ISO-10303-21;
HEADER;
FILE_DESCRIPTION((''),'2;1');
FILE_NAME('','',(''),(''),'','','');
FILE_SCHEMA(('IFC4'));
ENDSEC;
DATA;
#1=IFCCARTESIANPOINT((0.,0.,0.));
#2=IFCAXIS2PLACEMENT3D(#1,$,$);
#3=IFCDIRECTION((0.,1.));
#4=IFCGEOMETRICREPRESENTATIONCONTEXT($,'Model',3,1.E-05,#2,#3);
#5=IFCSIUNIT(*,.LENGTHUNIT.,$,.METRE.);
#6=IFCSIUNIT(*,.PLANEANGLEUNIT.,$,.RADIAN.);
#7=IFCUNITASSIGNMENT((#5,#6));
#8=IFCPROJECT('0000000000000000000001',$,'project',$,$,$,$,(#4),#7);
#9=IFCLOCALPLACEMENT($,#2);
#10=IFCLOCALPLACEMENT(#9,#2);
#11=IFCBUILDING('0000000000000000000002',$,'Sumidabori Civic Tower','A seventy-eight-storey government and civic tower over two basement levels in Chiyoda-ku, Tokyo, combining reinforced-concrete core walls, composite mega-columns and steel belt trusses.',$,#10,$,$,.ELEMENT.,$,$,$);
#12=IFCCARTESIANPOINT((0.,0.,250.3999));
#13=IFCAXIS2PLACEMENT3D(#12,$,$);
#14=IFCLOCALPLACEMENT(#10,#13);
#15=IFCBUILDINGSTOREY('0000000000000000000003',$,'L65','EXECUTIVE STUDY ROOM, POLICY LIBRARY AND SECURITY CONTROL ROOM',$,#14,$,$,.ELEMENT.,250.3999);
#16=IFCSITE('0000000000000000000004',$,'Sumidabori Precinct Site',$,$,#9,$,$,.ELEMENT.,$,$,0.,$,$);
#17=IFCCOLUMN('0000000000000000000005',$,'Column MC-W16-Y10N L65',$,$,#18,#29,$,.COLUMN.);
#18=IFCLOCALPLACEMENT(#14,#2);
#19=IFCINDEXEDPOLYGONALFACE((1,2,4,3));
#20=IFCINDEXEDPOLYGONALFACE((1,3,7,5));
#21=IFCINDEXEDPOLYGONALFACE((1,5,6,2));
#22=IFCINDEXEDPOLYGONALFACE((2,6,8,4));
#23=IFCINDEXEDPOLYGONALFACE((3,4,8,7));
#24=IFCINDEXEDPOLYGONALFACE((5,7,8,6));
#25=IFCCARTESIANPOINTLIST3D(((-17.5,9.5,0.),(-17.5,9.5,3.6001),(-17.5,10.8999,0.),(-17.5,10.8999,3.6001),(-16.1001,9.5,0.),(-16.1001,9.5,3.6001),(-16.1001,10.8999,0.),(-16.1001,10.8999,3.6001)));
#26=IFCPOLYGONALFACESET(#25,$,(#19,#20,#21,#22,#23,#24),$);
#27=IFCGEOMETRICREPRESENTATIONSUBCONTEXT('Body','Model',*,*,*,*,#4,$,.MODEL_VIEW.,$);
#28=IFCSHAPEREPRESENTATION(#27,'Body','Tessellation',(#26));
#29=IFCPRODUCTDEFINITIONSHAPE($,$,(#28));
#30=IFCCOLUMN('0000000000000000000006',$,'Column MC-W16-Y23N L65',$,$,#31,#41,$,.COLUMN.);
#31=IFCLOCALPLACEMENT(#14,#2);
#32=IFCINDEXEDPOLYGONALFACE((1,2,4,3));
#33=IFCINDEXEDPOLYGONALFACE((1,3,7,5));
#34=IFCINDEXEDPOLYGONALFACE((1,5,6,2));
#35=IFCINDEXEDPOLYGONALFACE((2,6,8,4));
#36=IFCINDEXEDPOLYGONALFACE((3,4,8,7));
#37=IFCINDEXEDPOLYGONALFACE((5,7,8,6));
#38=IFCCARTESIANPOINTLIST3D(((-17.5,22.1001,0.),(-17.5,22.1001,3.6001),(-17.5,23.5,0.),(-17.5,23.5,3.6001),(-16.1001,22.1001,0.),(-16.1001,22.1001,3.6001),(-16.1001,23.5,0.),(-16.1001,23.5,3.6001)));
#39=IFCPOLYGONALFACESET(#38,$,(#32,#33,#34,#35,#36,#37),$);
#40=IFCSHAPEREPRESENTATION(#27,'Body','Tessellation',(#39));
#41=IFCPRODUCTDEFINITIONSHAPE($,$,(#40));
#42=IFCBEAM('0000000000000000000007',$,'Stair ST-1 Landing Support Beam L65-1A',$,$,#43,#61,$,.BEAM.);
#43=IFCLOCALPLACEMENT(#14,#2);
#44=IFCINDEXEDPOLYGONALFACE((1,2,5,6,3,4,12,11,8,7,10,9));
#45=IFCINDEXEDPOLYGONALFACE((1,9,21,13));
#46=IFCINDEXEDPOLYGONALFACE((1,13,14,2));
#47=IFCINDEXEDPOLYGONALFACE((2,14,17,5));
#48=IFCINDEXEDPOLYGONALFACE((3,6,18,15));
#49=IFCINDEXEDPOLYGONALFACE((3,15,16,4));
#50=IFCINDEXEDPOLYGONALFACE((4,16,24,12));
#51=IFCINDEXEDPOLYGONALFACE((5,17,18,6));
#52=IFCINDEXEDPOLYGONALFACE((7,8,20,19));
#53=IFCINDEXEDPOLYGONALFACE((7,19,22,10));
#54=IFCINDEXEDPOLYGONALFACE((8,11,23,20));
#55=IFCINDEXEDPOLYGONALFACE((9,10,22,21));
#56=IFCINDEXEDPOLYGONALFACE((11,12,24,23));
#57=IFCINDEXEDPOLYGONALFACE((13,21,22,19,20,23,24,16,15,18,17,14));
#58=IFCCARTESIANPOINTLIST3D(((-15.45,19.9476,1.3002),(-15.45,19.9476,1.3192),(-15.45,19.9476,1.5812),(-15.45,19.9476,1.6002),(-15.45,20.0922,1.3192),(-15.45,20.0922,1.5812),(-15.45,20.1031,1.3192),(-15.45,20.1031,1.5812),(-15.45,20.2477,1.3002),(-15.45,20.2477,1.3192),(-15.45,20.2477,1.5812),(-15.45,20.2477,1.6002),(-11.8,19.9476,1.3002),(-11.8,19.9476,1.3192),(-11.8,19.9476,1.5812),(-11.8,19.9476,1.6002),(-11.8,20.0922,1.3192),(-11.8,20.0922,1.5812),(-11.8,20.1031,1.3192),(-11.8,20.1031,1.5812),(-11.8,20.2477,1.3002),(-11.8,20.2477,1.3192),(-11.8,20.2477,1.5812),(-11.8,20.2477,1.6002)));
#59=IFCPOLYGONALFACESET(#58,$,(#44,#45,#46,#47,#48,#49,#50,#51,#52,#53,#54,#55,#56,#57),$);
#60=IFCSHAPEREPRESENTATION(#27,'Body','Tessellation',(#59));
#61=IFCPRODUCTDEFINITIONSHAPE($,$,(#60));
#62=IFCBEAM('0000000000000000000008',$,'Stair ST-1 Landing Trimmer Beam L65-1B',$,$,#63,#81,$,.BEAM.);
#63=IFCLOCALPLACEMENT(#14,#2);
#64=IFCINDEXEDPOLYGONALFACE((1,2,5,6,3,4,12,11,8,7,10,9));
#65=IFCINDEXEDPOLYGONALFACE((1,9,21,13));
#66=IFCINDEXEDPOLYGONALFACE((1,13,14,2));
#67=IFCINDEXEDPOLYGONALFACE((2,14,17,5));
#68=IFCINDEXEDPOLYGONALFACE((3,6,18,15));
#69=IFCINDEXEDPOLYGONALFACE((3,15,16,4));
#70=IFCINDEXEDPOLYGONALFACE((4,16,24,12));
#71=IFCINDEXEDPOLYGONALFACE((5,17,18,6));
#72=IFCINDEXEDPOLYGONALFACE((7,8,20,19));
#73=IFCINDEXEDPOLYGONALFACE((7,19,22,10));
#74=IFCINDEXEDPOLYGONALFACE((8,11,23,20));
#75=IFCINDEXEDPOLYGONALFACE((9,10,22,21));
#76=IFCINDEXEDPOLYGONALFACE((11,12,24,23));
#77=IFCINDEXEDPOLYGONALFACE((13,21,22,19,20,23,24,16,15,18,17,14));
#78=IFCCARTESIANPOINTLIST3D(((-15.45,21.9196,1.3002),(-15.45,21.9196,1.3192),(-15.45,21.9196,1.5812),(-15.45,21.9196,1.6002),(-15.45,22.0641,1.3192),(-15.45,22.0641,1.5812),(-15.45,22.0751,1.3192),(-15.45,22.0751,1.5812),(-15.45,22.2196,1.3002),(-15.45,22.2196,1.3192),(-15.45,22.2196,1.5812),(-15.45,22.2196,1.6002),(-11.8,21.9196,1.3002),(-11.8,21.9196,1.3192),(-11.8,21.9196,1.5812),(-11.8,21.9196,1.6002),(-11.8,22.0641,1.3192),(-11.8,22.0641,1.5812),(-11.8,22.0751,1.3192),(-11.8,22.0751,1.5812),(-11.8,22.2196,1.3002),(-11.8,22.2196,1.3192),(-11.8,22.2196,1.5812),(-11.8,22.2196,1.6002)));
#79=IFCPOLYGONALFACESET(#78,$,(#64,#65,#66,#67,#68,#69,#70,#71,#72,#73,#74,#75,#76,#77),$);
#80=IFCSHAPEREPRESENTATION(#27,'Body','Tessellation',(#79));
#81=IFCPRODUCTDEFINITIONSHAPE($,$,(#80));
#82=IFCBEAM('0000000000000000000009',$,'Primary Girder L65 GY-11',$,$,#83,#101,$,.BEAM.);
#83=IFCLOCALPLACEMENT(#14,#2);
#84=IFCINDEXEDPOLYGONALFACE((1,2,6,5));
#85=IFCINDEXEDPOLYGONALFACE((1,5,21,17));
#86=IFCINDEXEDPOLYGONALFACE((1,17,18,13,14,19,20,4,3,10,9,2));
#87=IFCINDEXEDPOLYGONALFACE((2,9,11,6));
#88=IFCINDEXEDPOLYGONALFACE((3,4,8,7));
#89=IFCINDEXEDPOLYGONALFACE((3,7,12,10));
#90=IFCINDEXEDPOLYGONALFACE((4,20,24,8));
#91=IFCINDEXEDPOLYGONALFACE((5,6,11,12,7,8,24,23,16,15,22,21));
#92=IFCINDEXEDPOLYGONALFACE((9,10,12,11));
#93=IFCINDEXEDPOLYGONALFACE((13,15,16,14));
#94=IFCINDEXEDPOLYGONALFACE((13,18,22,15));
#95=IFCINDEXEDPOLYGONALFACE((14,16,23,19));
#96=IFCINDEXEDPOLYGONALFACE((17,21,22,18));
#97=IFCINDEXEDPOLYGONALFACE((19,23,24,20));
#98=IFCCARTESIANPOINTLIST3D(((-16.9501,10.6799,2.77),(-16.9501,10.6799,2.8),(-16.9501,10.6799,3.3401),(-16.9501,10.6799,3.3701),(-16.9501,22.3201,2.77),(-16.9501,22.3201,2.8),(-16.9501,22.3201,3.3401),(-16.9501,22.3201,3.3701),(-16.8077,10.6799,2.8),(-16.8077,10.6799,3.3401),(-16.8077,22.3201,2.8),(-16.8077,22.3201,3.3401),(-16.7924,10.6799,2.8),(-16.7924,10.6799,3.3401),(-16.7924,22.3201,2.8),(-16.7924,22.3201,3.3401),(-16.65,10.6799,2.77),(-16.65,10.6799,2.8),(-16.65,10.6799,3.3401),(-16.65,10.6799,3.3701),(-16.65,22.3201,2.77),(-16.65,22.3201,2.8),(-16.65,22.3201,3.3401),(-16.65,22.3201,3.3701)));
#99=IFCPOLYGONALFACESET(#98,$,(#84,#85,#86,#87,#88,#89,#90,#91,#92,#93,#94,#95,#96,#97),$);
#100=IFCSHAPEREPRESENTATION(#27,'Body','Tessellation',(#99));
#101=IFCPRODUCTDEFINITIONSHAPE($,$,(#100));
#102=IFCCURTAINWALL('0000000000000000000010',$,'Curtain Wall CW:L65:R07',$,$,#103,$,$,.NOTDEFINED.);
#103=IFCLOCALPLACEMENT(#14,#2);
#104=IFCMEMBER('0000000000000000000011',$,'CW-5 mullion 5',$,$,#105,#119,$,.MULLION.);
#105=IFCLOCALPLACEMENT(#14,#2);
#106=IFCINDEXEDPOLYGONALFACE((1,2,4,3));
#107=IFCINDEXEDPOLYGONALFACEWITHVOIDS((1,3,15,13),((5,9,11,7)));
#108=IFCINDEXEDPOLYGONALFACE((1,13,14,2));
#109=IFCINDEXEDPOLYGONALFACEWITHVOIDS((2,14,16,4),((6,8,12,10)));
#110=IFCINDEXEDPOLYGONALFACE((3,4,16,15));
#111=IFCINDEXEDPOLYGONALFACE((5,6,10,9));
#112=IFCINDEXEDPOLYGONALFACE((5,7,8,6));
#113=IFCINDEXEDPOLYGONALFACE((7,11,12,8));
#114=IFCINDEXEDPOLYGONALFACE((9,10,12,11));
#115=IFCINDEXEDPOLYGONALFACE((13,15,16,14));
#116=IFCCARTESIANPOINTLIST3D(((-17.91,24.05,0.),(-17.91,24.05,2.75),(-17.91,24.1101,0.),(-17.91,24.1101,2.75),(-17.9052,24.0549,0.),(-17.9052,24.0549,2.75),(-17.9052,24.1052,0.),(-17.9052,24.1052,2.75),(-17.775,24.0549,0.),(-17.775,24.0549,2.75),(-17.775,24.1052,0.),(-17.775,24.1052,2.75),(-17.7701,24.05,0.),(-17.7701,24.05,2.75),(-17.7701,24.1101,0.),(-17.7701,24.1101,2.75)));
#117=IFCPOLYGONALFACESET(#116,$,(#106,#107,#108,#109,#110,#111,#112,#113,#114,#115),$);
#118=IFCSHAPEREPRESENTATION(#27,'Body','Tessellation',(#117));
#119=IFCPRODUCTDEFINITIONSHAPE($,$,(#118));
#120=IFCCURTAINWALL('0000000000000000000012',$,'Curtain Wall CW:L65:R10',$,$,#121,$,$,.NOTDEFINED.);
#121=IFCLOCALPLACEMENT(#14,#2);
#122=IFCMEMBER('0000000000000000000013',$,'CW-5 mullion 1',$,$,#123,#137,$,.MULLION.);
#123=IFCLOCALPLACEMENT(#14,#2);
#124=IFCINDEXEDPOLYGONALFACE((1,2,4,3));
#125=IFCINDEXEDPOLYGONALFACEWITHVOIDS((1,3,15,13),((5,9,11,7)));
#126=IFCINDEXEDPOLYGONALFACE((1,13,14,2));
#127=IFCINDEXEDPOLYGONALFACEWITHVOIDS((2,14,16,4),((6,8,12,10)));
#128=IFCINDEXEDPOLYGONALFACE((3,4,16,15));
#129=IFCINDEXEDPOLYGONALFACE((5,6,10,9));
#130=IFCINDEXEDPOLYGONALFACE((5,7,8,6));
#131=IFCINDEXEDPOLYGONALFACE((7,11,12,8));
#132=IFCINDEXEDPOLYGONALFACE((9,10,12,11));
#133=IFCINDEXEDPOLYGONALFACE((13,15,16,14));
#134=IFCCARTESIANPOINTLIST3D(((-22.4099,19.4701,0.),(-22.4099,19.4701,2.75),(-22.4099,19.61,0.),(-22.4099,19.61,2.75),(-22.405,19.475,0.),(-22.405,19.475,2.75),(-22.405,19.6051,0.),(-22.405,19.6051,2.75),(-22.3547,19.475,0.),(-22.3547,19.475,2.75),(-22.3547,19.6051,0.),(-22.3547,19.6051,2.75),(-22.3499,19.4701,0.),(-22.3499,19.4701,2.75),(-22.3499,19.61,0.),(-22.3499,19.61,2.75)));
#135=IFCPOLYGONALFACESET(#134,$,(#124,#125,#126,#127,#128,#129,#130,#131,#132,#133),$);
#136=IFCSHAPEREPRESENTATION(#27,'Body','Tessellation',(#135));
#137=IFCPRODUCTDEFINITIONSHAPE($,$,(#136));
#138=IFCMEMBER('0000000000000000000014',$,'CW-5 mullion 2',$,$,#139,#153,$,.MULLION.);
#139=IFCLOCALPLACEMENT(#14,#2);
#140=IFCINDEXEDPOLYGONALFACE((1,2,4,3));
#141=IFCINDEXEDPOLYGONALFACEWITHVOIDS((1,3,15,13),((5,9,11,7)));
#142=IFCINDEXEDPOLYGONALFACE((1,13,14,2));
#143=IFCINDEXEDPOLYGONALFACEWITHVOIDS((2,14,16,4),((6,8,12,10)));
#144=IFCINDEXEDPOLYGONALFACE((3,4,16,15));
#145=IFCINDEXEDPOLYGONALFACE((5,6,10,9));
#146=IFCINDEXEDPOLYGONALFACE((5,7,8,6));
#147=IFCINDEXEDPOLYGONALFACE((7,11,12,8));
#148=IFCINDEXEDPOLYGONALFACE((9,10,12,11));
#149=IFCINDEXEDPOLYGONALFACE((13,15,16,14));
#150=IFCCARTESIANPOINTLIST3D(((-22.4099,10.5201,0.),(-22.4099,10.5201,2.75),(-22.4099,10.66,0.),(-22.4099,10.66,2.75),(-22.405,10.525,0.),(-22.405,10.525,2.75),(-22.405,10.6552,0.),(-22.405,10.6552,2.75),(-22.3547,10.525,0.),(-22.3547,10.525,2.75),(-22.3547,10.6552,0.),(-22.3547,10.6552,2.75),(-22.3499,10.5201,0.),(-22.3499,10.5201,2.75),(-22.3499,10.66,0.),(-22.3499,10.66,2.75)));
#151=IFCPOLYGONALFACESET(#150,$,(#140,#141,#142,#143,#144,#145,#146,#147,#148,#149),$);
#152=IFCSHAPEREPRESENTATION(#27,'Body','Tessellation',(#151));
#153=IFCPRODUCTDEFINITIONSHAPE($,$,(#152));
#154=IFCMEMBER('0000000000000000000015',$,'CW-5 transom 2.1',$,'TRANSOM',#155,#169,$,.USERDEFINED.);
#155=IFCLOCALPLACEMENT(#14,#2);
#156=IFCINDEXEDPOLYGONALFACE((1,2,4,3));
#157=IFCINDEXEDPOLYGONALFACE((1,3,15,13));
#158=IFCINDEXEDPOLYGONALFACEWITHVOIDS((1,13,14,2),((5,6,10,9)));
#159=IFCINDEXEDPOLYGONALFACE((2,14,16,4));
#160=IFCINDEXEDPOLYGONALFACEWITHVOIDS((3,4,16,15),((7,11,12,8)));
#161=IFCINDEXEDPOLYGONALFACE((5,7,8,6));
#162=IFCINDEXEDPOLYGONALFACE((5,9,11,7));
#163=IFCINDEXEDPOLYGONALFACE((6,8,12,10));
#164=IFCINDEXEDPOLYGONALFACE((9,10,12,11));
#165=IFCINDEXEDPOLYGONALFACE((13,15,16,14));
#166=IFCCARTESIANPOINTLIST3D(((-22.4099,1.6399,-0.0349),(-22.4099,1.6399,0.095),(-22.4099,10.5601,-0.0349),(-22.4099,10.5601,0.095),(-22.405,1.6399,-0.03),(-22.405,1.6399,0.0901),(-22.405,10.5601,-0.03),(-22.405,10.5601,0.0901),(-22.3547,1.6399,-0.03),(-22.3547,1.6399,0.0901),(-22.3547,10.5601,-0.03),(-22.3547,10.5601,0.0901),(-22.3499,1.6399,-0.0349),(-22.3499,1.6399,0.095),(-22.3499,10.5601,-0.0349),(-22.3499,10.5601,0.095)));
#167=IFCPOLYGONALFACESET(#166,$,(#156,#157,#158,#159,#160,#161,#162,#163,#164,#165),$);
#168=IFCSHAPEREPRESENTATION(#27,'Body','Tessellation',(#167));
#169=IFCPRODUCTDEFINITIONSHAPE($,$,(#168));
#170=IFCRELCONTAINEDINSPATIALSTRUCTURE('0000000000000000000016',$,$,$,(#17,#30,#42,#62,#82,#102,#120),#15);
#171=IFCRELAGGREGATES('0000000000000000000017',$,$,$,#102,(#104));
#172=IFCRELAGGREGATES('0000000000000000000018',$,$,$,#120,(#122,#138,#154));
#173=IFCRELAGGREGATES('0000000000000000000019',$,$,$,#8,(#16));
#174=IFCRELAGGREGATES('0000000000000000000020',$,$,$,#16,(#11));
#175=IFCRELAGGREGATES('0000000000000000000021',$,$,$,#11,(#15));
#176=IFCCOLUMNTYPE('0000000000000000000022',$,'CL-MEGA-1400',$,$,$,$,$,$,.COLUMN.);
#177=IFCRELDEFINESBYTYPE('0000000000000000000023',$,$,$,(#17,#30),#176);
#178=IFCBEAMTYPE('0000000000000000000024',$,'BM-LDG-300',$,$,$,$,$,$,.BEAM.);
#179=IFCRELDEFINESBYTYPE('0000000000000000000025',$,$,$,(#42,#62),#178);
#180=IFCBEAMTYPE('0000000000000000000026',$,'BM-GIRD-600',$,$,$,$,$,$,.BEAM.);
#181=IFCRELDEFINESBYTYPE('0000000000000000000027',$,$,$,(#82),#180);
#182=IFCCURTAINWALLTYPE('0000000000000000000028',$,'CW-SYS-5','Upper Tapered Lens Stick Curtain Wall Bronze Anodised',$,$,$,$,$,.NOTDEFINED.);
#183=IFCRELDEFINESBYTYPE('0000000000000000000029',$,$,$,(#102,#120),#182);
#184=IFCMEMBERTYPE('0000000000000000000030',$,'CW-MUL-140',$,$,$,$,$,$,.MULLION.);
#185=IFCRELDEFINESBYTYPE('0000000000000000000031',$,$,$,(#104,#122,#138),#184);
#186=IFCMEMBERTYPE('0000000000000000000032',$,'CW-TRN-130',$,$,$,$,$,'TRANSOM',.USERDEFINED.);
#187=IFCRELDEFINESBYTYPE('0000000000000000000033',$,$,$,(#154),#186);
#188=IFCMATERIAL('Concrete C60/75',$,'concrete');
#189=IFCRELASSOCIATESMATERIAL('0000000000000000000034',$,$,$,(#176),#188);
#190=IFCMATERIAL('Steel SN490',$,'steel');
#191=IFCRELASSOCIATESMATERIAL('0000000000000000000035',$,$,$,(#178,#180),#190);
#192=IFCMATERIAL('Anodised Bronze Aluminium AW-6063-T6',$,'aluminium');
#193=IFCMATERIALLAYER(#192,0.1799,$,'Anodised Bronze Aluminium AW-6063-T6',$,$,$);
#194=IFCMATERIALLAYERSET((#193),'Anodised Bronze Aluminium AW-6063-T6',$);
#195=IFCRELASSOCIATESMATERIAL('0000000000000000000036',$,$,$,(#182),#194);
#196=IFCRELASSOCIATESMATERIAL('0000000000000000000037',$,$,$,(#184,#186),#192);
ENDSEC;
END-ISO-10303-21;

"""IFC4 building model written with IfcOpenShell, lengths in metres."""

from ifc_helpers import new_model, si_unit, direction, frame, origin, origin_2d, place, context, subcontext, project, spatial, rectangle, hollow_rectangle, i_section, extrude, source, transform, mapped, material, layer, layer_set, material_profile, profile_set, type_object, element, aggregate, save


model = new_model("IFC4")

# Units and contexts
model_context = context("Model", 3, precision=1e-05, world=origin(), true_north=direction((0.0, 1.0)))
body_context = subcontext(model_context, "Body", "Model", "MODEL_VIEW")
ifc_project = project(units=[si_unit("LENGTHUNIT", "METRE"), si_unit("PLANEANGLEUNIT", "RADIAN")], contexts=[model_context])

# Site, building, storey
site_placement = place(None, origin())
site = spatial("IfcSite", under=ifc_project, at=site_placement, Name="Sumidabori Precinct Site", CompositionType="ELEMENT", RefElevation=0.0)
building_placement = place(site_placement, origin())
building = spatial("IfcBuilding", under=site, at=building_placement, Name="Sumidabori Civic Tower", Description="A seventy-eight-storey government and civic tower over two basement levels in Chiyoda-ku, Tokyo, combining reinforced-concrete core walls, composite mega-columns and steel belt trusses.", CompositionType="ELEMENT")
storey_placement = place(building_placement, frame((0.0, 0.0, 250.3999)))
storey = spatial("IfcBuildingStorey", under=building, at=storey_placement, Name="L65", Description="EXECUTIVE STUDY ROOM, POLICY LIBRARY AND SECURITY CONTROL ROOM", CompositionType="ELEMENT", Elevation=250.3999)

# Columns
ifc_material_1 = material(Name="Concrete C60/75", Category="concrete")
ifc_material_profile_1 = material_profile(ifc_material_1, rectangle(XDim=1.3999, YDim=1.3999, at=origin_2d()), Name="RC 1400x1400")
ifc_profile_set_1 = profile_set([ifc_material_profile_1], Name="Concrete C60/75")
column_type = type_object("IfcColumnType", Name="CL-MEGA-1400", PredefinedType="COLUMN", material=ifc_profile_set_1)
shared_shape_1 = source(origin(), body_context, "Body", "SweptSolid", [
    extrude(rectangle(XDim=1.3999, YDim=1.3999, at=origin_2d()), origin(), (0.0, 0.0, 1.0), 3.6001),
])
for number, where, z_axis, x_axis, name in (
    (1, (-16.8, 10.2, 0.0), (0.0, 0.0, 1.0), (1.0, 0.0, 0.0), "Column MC-W16-Y10N L65"),
    (2, (-16.8, 22.8, 0.0), (0.0, 0.0, 1.0), (1.0, 0.0, 0.0), "Column MC-W16-Y23N L65"),
):
    element("IfcColumn", number, at=place(storey_placement, frame(where, z_axis=z_axis, x_axis=x_axis)), inside=storey, type_object=column_type, Name=name, PredefinedType="COLUMN", context=body_context, shape_type="MappedRepresentation", body=[
        mapped(shared_shape_1, transform((0.0, 0.0, 0.0), x_axis=(1.0, 0.0, 0.0), y_axis=(0.0, 1.0, 0.0), z_axis=(0.0, 0.0, 1.0), scale=1.0)),
    ])

# Beams
ifc_material_2 = material(Name="Steel SN490", Category="steel")
ifc_material_profile_2 = material_profile(ifc_material_2, i_section(OverallWidth=0.3, OverallDepth=0.3, WebThickness=0.011, FlangeThickness=0.019, at=origin_2d()), Name="HE 300 B")
ifc_profile_set_2 = profile_set([ifc_material_profile_2], Name="Steel SN490")
beam_type_1 = type_object("IfcBeamType", Name="BM-LDG-300", PredefinedType="BEAM", material=ifc_profile_set_2)
shared_shape_2 = source(origin(), body_context, "Body", "SweptSolid", [
    extrude(i_section(OverallWidth=0.3, OverallDepth=0.3, WebThickness=0.011, FlangeThickness=0.019, at=origin_2d()), origin(), (0.0, 0.0, 1.0), 3.6499),
])
for number, where, z_axis, x_axis, name in (
    (3, (-15.45, 20.0977, 1.4502), (1.0, 0.0, 0.0), (0.0, 1.0, 0.0), "Stair ST-1 Landing Support Beam L65-1A"),
    (4, (-15.45, 22.0696, 1.4502), (1.0, 0.0, 0.0), (0.0, 1.0, 0.0), "Stair ST-1 Landing Trimmer Beam L65-1B"),
):
    element("IfcBeam", number, at=place(storey_placement, frame(where, z_axis=z_axis, x_axis=x_axis)), inside=storey, type_object=beam_type_1, Name=name, PredefinedType="BEAM", context=body_context, shape_type="MappedRepresentation", body=[
        mapped(shared_shape_2, transform((0.0, 0.0, 0.0), x_axis=(1.0, 0.0, 0.0), y_axis=(0.0, 1.0, 0.0), z_axis=(0.0, 0.0, 1.0), scale=1.0)),
    ])
ifc_material_profile_3 = material_profile(ifc_material_2, i_section(OverallWidth=0.3, OverallDepth=0.6001, WebThickness=0.0154, FlangeThickness=0.03, at=origin_2d()), Name="HE 600 B")
ifc_profile_set_3 = profile_set([ifc_material_profile_3], Name="Steel SN490")
beam_type_2 = type_object("IfcBeamType", Name="BM-GIRD-600", PredefinedType="BEAM", material=ifc_profile_set_3)
shared_shape_3 = source(origin(), body_context, "Body", "SweptSolid", [
    extrude(i_section(OverallWidth=0.3, OverallDepth=0.6001, WebThickness=0.0154, FlangeThickness=0.03, at=origin_2d()), origin(), (0.0, 0.0, 1.0), 11.6401),
])
beam_placement = place(storey_placement, frame((-16.8, 10.6799, 3.0701), z_axis=(0.0, 1.0, 0.0), x_axis=(-1.0, 0.0, 0.0)))
element("IfcBeam", 5, at=beam_placement, inside=storey, type_object=beam_type_2, Name="Primary Girder L65 GY-11", PredefinedType="BEAM", context=body_context, shape_type="MappedRepresentation", body=[
    mapped(shared_shape_3, transform((0.0, 0.0, 0.0), x_axis=(1.0, 0.0, 0.0), y_axis=(0.0, 1.0, 0.0), z_axis=(0.0, 0.0, 1.0), scale=1.0)),
])

# Curtain wall, member
ifc_material_3 = material(Name="Anodised Bronze Aluminium AW-6063-T6", Category="aluminium")
ifc_layer_1 = layer(ifc_material_3, 0.1799, Name="Anodised Bronze Aluminium AW-6063-T6")
ifc_layer_set_1 = layer_set([ifc_layer_1], Name="Anodised Bronze Aluminium AW-6063-T6")
curtain_wall_type = type_object("IfcCurtainWallType", Name="CW-SYS-5", Description="Upper Tapered Lens Stick Curtain Wall Bronze Anodised", PredefinedType="NOTDEFINED", material=ifc_layer_set_1)
curtain_wall_1_placement = place(storey_placement, origin())
curtain_wall_1 = element("IfcCurtainWall", 6, at=curtain_wall_1_placement, inside=storey, type_object=curtain_wall_type, Name="Curtain Wall CW:L65:R07", PredefinedType="NOTDEFINED")
ifc_material_profile_4 = material_profile(ifc_material_3, hollow_rectangle(XDim=0.0601, YDim=0.1399, WallThickness=0.0049, at=origin_2d()), Name="ALU MULLION 140x60")
ifc_profile_set_4 = profile_set([ifc_material_profile_4], Name="Anodised Bronze Aluminium AW-6063-T6")
member_type_1 = type_object("IfcMemberType", Name="CW-MUL-140", PredefinedType="MULLION", material=ifc_profile_set_4)
shared_shape_4 = source(origin(), body_context, "Body", "SweptSolid", [
    extrude(hollow_rectangle(XDim=0.0601, YDim=0.1399, WallThickness=0.0049, at=origin_2d()), origin(), (0.0, 0.0, 1.0), 2.75),
])
member_1_placement = place(storey_placement, frame((-17.8401, 24.0801, 0.0), z_axis=(0.0, 0.0, 1.0), x_axis=(0.0, -1.0, 0.0)))
member_1 = element("IfcMember", 7, at=member_1_placement, type_object=member_type_1, Name="CW-5 mullion 5", PredefinedType="MULLION", context=body_context, shape_type="MappedRepresentation", body=[
    mapped(shared_shape_4, transform((0.0, 0.0, 0.0), x_axis=(1.0, 0.0, 0.0), y_axis=(0.0, 1.0, 0.0), z_axis=(0.0, 0.0, 1.0), scale=1.0)),
])
aggregate(curtain_wall_1, [member_1])

# Curtain wall, members
curtain_wall_2_placement = place(storey_placement, origin())
curtain_wall_2 = element("IfcCurtainWall", 8, at=curtain_wall_2_placement, inside=storey, type_object=curtain_wall_type, Name="Curtain Wall CW:L65:R10", PredefinedType="NOTDEFINED")
member_2_placement = place(storey_placement, frame((-22.3799, 19.54, 0.0), z_axis=(0.0, 0.0, 1.0), x_axis=(1.0, 0.0, 0.0)))
member_2 = element("IfcMember", 9, at=member_2_placement, type_object=member_type_1, Name="CW-5 mullion 1", PredefinedType="MULLION", context=body_context, shape_type="MappedRepresentation", body=[
    mapped(shared_shape_4, transform((0.0, 0.0, 0.0), x_axis=(1.0, 0.0, 0.0), y_axis=(0.0, 1.0, 0.0), z_axis=(0.0, 0.0, 1.0), scale=1.0)),
])
member_3_placement = place(storey_placement, frame((-22.3799, 10.5901, 0.0), z_axis=(0.0, 0.0, 1.0), x_axis=(1.0, 0.0, 0.0)))
member_3 = element("IfcMember", 10, at=member_3_placement, type_object=member_type_1, Name="CW-5 mullion 2", PredefinedType="MULLION", context=body_context, shape_type="MappedRepresentation", body=[
    mapped(shared_shape_4, transform((0.0, 0.0, 0.0), x_axis=(1.0, 0.0, 0.0), y_axis=(0.0, 1.0, 0.0), z_axis=(0.0, 0.0, 1.0), scale=1.0)),
])
ifc_material_profile_5 = material_profile(ifc_material_3, hollow_rectangle(XDim=0.0601, YDim=0.1299, WallThickness=0.0049, at=origin_2d()), Name="ALU TRANSOM 130x60")
ifc_profile_set_5 = profile_set([ifc_material_profile_5], Name="Anodised Bronze Aluminium AW-6063-T6")
member_type_2 = type_object("IfcMemberType", Name="CW-TRN-130", ElementType="TRANSOM", PredefinedType="USERDEFINED", material=ifc_profile_set_5)
shared_shape_5 = source(origin(), body_context, "Body", "SweptSolid", [
    extrude(hollow_rectangle(XDim=0.0601, YDim=0.1299, WallThickness=0.0049, at=origin_2d()), origin(), (0.0, 0.0, 1.0), 8.9202),
])
member_4_placement = place(storey_placement, frame((-22.3799, 10.5601, 0.03), z_axis=(0.0, -1.0, 0.0), x_axis=(1.0, 0.0, 0.0)))
member_4 = element("IfcMember", 11, at=member_4_placement, type_object=member_type_2, Name="CW-5 transom 2.1", ObjectType="TRANSOM", PredefinedType="USERDEFINED", context=body_context, shape_type="MappedRepresentation", body=[
    mapped(shared_shape_5, transform((0.0, 0.0, 0.0), x_axis=(1.0, 0.0, 0.0), y_axis=(0.0, 1.0, 0.0), z_axis=(0.0, 0.0, 1.0), scale=1.0)),
])
aggregate(curtain_wall_2, [member_2, member_3, member_4])

save(model, "model.ifc")
